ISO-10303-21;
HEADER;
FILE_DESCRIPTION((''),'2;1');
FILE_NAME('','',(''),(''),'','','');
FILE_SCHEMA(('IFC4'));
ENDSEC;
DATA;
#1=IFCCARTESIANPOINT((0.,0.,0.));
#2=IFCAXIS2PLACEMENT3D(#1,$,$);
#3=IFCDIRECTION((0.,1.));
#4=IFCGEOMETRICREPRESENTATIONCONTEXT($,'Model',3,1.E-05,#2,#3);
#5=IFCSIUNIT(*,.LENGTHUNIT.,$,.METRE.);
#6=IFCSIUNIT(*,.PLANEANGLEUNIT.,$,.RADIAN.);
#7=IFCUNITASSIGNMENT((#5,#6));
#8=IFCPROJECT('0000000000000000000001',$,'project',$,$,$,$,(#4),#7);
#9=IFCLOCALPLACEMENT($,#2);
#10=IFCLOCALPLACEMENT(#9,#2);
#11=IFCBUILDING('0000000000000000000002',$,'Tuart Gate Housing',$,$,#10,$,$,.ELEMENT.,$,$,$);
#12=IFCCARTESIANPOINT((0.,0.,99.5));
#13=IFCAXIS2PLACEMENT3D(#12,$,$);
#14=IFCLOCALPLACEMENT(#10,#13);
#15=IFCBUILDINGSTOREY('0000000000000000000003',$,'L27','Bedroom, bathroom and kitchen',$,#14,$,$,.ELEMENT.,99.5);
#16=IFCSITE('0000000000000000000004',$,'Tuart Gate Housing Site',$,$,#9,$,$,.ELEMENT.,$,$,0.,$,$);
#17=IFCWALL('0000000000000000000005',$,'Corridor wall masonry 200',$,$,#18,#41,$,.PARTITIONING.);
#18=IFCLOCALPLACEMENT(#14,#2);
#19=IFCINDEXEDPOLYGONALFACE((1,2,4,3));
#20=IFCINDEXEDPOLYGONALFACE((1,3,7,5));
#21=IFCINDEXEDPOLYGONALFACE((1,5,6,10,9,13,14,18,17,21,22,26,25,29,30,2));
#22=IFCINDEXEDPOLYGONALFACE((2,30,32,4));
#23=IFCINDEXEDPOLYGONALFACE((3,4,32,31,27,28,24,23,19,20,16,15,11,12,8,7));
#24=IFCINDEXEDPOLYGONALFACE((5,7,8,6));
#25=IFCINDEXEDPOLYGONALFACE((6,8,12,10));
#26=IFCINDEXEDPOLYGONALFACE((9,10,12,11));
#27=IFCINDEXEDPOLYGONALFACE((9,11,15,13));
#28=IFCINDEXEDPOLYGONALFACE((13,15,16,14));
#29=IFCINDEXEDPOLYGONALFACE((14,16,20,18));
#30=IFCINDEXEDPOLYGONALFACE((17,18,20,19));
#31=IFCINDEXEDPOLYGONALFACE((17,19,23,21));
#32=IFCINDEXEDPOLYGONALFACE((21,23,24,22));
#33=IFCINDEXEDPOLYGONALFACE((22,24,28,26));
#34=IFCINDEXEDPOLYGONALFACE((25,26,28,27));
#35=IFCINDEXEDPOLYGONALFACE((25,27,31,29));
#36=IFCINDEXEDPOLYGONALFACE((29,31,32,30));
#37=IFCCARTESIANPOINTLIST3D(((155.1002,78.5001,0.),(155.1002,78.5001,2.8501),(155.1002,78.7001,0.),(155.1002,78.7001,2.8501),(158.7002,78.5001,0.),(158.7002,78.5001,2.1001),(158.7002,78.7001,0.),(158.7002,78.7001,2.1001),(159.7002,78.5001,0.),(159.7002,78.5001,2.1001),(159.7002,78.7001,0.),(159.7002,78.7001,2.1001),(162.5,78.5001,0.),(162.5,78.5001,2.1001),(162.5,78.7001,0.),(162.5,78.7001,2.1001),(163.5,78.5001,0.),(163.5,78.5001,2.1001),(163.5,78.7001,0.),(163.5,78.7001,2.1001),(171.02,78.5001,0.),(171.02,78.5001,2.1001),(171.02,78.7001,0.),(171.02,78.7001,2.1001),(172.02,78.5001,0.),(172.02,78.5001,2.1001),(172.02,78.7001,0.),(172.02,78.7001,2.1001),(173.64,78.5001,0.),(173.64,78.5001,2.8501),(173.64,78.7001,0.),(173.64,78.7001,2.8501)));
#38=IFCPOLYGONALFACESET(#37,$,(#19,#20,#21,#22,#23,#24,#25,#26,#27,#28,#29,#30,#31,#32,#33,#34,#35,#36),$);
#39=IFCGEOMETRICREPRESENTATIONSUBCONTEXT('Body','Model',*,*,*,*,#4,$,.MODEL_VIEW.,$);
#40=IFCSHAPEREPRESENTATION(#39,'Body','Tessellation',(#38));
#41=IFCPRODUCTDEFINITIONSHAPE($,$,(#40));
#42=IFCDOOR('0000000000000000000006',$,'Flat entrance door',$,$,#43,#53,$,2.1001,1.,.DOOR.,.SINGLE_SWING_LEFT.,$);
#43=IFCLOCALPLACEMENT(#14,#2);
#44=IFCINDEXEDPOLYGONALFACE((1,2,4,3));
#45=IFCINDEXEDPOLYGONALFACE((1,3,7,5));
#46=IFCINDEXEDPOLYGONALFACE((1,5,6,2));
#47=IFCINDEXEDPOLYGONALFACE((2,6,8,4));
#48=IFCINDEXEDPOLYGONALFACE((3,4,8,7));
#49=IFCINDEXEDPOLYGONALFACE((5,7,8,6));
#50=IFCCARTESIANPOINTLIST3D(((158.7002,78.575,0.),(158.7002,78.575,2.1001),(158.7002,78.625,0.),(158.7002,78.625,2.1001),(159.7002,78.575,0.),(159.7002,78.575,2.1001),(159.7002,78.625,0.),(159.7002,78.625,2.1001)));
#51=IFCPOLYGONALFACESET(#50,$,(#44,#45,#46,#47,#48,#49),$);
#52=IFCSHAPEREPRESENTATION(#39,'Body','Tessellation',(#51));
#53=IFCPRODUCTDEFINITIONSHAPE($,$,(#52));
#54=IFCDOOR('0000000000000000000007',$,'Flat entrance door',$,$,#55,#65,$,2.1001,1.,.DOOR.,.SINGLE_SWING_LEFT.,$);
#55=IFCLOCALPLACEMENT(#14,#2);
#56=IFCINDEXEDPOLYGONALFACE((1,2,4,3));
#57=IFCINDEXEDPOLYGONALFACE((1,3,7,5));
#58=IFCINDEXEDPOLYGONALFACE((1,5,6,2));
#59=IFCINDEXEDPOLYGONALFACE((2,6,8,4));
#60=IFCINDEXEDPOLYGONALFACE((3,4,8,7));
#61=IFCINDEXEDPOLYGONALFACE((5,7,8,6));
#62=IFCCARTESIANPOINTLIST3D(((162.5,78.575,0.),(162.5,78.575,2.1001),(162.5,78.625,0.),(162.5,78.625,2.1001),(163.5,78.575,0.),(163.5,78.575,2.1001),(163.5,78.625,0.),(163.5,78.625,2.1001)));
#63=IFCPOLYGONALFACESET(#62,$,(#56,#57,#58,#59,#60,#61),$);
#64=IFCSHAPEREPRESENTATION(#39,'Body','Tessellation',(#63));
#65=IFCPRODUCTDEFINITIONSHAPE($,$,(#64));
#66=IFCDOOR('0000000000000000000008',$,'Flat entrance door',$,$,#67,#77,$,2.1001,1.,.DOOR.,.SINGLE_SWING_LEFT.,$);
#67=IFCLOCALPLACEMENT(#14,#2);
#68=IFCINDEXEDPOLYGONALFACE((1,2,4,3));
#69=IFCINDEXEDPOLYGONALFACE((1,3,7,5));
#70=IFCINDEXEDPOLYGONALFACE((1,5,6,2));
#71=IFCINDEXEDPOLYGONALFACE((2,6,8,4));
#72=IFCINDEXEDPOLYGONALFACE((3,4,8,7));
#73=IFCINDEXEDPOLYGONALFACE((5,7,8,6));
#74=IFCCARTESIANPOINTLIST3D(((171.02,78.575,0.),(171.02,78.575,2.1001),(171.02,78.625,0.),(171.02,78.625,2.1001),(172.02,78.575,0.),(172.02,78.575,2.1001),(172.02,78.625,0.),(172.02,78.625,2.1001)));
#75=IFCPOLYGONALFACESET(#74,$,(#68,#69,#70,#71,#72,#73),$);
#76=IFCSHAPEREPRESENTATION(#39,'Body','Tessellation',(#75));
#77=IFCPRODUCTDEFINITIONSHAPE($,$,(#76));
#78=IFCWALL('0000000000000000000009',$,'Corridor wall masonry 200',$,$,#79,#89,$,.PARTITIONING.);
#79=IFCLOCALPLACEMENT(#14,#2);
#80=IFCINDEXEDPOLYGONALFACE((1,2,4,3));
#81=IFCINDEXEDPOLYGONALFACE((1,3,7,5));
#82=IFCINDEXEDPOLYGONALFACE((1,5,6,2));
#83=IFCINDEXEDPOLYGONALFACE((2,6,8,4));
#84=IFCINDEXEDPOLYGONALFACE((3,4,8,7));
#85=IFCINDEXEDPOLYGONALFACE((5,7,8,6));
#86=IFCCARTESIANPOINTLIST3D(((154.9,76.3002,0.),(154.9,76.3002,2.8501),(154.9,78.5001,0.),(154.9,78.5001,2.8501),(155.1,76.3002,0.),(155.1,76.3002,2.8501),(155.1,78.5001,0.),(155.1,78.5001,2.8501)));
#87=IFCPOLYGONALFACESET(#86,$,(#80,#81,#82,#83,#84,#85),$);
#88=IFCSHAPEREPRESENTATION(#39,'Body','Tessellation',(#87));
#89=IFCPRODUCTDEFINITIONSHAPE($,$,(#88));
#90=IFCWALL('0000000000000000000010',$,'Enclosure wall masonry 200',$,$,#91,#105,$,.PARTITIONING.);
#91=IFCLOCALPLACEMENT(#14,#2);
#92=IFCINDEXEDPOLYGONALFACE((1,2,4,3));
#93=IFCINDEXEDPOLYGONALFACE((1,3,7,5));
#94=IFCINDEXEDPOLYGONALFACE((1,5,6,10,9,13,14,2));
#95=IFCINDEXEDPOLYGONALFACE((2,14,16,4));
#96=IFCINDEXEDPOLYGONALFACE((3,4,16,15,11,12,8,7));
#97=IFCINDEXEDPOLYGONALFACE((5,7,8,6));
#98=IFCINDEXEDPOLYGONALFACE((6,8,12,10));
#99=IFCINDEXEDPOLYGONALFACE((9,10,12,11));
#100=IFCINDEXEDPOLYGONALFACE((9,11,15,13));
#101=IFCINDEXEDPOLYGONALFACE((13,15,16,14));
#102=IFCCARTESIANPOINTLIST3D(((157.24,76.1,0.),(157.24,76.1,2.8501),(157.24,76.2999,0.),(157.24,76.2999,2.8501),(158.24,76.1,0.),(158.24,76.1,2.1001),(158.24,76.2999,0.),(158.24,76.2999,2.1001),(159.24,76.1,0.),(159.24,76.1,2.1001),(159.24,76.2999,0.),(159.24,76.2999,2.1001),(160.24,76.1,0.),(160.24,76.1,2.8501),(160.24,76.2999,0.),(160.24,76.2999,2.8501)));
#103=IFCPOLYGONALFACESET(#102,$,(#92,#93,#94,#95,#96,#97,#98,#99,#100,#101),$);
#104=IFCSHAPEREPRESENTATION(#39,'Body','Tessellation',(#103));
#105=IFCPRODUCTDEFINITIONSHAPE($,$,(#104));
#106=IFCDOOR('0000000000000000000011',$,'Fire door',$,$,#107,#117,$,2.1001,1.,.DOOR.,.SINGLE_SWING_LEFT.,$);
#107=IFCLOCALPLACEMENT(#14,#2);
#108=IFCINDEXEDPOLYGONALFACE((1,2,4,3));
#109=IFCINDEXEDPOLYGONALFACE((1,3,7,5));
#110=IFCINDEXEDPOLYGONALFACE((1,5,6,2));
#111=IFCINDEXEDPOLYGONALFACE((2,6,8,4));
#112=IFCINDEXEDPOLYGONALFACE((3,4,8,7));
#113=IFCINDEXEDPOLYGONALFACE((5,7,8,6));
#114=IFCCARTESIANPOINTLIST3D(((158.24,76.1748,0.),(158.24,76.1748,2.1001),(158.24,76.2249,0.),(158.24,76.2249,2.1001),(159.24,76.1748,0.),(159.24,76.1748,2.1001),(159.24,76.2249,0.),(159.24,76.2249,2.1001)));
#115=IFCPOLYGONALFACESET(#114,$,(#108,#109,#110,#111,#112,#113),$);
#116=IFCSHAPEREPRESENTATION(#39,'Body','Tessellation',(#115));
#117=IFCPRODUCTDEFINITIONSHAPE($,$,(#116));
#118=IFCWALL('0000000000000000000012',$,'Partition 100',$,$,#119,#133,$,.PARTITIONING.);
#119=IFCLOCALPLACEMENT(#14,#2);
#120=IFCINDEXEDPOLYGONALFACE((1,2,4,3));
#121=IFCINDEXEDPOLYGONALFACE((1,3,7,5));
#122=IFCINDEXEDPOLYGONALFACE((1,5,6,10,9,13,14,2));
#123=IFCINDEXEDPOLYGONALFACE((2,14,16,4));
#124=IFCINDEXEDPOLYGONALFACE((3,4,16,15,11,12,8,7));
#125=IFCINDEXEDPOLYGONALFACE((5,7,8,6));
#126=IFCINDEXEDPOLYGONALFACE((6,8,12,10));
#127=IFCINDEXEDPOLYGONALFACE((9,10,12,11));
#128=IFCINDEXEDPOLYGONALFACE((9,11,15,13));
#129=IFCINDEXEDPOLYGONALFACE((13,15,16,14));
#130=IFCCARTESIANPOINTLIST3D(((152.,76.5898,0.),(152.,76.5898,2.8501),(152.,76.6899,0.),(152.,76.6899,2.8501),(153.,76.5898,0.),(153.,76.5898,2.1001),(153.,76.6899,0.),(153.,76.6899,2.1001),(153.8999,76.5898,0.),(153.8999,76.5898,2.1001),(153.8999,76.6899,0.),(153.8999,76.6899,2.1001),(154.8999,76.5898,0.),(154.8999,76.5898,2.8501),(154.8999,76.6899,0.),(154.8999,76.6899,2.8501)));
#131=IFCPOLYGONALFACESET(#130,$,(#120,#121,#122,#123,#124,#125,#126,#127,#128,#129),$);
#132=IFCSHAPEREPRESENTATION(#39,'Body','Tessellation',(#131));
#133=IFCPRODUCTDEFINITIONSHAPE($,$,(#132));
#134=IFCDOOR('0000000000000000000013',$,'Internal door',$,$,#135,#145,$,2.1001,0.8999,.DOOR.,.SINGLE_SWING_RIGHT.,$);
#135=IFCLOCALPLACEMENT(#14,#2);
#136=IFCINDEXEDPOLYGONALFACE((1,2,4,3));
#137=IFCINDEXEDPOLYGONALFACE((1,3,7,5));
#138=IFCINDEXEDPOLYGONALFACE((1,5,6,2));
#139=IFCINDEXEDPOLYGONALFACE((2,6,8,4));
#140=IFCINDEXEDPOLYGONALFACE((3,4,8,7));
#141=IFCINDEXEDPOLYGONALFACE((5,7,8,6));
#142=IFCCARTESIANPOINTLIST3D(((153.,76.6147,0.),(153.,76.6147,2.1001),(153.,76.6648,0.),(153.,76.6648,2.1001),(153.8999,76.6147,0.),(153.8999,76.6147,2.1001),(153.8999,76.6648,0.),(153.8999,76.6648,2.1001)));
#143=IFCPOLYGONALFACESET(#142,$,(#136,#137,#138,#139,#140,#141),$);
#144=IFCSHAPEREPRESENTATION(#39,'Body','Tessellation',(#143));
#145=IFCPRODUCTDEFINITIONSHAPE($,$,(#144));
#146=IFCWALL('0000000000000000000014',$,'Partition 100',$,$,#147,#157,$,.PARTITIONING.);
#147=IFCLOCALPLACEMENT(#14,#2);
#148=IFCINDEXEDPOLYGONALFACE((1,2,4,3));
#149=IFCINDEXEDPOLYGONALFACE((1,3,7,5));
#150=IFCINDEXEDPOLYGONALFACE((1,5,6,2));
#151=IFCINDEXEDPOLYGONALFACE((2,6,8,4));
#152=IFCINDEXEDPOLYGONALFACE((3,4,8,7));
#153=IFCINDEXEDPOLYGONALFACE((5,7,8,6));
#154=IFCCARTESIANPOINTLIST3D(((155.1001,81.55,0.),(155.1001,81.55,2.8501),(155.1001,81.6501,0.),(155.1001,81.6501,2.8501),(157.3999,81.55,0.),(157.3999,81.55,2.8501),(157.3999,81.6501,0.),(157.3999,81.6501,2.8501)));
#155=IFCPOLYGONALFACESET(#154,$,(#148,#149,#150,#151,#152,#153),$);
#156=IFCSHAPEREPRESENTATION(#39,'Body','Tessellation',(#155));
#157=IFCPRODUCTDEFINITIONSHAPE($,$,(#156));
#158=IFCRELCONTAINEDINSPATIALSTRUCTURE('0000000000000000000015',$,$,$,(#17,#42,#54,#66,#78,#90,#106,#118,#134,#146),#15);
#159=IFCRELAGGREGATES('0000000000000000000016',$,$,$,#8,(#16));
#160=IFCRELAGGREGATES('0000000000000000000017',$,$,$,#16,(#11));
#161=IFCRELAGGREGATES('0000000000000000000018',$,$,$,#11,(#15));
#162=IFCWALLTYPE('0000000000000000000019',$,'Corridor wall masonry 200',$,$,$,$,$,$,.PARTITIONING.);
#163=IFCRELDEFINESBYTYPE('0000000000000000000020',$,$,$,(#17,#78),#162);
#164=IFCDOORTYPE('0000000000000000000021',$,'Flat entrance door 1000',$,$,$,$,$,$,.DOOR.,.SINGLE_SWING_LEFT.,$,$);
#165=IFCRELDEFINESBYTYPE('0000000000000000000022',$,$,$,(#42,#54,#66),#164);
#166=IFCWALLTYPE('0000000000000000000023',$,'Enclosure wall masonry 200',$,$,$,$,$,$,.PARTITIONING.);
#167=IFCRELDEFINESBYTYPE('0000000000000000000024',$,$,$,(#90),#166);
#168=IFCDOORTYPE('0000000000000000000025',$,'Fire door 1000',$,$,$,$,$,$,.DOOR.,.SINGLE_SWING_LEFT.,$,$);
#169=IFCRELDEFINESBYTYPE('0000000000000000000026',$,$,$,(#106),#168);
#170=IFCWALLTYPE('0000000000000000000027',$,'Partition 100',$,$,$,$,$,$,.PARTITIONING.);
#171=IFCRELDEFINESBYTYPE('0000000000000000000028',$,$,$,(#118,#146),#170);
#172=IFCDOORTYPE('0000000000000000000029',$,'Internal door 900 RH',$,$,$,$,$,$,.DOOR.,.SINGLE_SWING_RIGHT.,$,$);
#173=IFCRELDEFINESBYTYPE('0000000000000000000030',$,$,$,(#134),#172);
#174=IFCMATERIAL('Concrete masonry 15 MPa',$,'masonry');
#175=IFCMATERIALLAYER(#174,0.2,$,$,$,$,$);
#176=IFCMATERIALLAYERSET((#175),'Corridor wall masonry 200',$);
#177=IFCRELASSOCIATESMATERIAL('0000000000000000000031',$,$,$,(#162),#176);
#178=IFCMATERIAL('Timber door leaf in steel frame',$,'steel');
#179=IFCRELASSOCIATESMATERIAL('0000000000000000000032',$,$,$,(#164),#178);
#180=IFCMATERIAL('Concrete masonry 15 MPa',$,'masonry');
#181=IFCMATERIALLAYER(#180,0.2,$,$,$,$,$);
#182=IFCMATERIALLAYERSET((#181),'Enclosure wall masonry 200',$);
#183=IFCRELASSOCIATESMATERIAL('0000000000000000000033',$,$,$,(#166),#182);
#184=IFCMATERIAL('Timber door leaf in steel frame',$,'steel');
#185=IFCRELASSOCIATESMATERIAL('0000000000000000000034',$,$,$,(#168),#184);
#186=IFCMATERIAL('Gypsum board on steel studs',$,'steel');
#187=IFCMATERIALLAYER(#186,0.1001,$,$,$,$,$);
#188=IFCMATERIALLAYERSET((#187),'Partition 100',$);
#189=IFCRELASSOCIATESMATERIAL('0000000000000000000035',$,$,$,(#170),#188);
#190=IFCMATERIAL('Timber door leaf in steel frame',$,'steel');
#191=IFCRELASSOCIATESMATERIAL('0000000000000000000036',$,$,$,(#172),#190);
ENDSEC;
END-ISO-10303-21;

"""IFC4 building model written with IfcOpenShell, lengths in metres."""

from ifc_helpers import new_model, si_unit, direction, frame, frame_2d, origin, place, context, subcontext, project, spatial, rectangle, extrude, material, layer, layer_set, type_object, element, fill, save


model = new_model("IFC4")

# Units and contexts
model_context = context("Model", 3, precision=1e-05, world=origin(), true_north=direction((0.0, 1.0)))
body_context = subcontext(model_context, "Body", "Model", "MODEL_VIEW")
ifc_project = project(units=[si_unit("LENGTHUNIT", "METRE"), si_unit("PLANEANGLEUNIT", "RADIAN")], contexts=[model_context])

# Site, building, storey
site_placement = place(None, origin())
site = spatial("IfcSite", under=ifc_project, at=site_placement, Name="Tuart Gate Housing Site", CompositionType="ELEMENT", RefElevation=0.0)
building_placement = place(site_placement, origin())
building = spatial("IfcBuilding", under=site, at=building_placement, Name="Tuart Gate Housing", CompositionType="ELEMENT")
storey_placement = place(building_placement, frame((0.0, 0.0, 99.5)))
storey = spatial("IfcBuildingStorey", under=building, at=storey_placement, Name="L27", Description="Bedroom, bathroom and kitchen", CompositionType="ELEMENT", Elevation=99.5)

# Shared definitions
ifc_material_1 = material(Name="Concrete masonry 15 MPa", Category="masonry")
ifc_layer_1 = layer(ifc_material_1, 0.2)
ifc_layer_set_1 = layer_set([ifc_layer_1], Name="Corridor wall masonry 200")
wall_type_1 = type_object("IfcWallType", Name="Corridor wall masonry 200", PredefinedType="PARTITIONING", material=ifc_layer_set_1)

# Wall, openings, doors
wall_1_placement = place(storey_placement, frame((155.1001, 78.6001, 0.0), z_axis=(0.0, 0.0, 1.0), x_axis=(1.0, 0.0, 0.0)))
wall_1 = element("IfcWall", 1, at=wall_1_placement, inside=storey, type_object=wall_type_1, Name="Corridor wall masonry 200", PredefinedType="PARTITIONING", context=body_context, shape_type="SweptSolid", body=[
    extrude(rectangle(XDim=18.5398, YDim=0.2, at=frame_2d((9.27, 0.0))), origin(), (0.0, 0.0, 1.0), 2.8501),
])
opening_1_placement = place(wall_1_placement, frame((3.6001, 0.0, 0.0)))
opening_1 = element("IfcOpeningElement", 2, at=opening_1_placement, cuts=wall_1, PredefinedType="OPENING", context=body_context, shape_type="SweptSolid", body=[
    extrude(rectangle(XDim=1.0, YDim=2.1001, at=frame_2d((0.5, 1.05))), frame((0.0, 0.1099, 0.0), z_axis=(0.0, -1.0, 0.0), x_axis=(1.0, 0.0, 0.0)), (0.0, 0.0, 1.0), 0.22),
])
opening_2_placement = place(wall_1_placement, frame((7.3999, 0.0, 0.0)))
opening_2 = element("IfcOpeningElement", 3, at=opening_2_placement, cuts=wall_1, PredefinedType="OPENING", context=body_context, shape_type="SweptSolid", body=[
    extrude(rectangle(XDim=1.0, YDim=2.1001, at=frame_2d((0.5, 1.05))), frame((0.0, 0.1099, 0.0), z_axis=(0.0, -1.0, 0.0), x_axis=(1.0, 0.0, 0.0)), (0.0, 0.0, 1.0), 0.22),
])
opening_3_placement = place(wall_1_placement, frame((15.9199, 0.0, 0.0)))
opening_3 = element("IfcOpeningElement", 4, at=opening_3_placement, cuts=wall_1, PredefinedType="OPENING", context=body_context, shape_type="SweptSolid", body=[
    extrude(rectangle(XDim=1.0, YDim=2.1001, at=frame_2d((0.5, 1.05))), frame((0.0, 0.1099, 0.0), z_axis=(0.0, -1.0, 0.0), x_axis=(1.0, 0.0, 0.0)), (0.0, 0.0, 1.0), 0.22),
])
ifc_material_2 = material(Name="Timber door leaf in steel frame", Category="steel")
door_type_1 = type_object("IfcDoorType", Name="Flat entrance door 1000", OperationType="SINGLE_SWING_LEFT", PredefinedType="DOOR", material=ifc_material_2)
door_1_placement = place(opening_1_placement, origin())
door_1 = element("IfcDoor", 5, at=door_1_placement, inside=storey, type_object=door_type_1, Name="Flat entrance door", OperationType="SINGLE_SWING_LEFT", OverallHeight=2.1001, OverallWidth=1.0, PredefinedType="DOOR", context=body_context, shape_type="SweptSolid", body=[
    extrude(rectangle(XDim=1.0, YDim=2.1001, at=frame_2d((0.5, 1.05))), frame((0.0, 0.0249, 0.0), z_axis=(0.0, -1.0, 0.0), x_axis=(1.0, 0.0, 0.0)), (0.0, 0.0, 1.0), 0.05),
])
fill(opening_1, door_1)
door_2_placement = place(opening_2_placement, origin())
door_2 = element("IfcDoor", 6, at=door_2_placement, inside=storey, type_object=door_type_1, Name="Flat entrance door", OperationType="SINGLE_SWING_LEFT", OverallHeight=2.1001, OverallWidth=1.0, PredefinedType="DOOR", context=body_context, shape_type="SweptSolid", body=[
    extrude(rectangle(XDim=1.0, YDim=2.1001, at=frame_2d((0.5, 1.05))), frame((0.0, 0.0249, 0.0), z_axis=(0.0, -1.0, 0.0), x_axis=(1.0, 0.0, 0.0)), (0.0, 0.0, 1.0), 0.05),
])
fill(opening_2, door_2)
door_3_placement = place(opening_3_placement, origin())
door_3 = element("IfcDoor", 7, at=door_3_placement, inside=storey, type_object=door_type_1, Name="Flat entrance door", OperationType="SINGLE_SWING_LEFT", OverallHeight=2.1001, OverallWidth=1.0, PredefinedType="DOOR", context=body_context, shape_type="SweptSolid", body=[
    extrude(rectangle(XDim=1.0, YDim=2.1001, at=frame_2d((0.5, 1.05))), frame((0.0, 0.0249, 0.0), z_axis=(0.0, -1.0, 0.0), x_axis=(1.0, 0.0, 0.0)), (0.0, 0.0, 1.0), 0.05),
])
fill(opening_3, door_3)

# Wall
wall_2_placement = place(storey_placement, frame((155.0, 76.3, 0.0), z_axis=(0.0, 0.0, 1.0), x_axis=(0.0, 1.0, 0.0)))
element("IfcWall", 8, at=wall_2_placement, inside=storey, type_object=wall_type_1, Name="Corridor wall masonry 200", PredefinedType="PARTITIONING", context=body_context, shape_type="SweptSolid", body=[
    extrude(rectangle(XDim=2.2, YDim=0.2, at=frame_2d((1.1001, 0.0))), origin(), (0.0, 0.0, 1.0), 2.8501),
])

# Walls, openings, doors
ifc_material_3 = material(Name="Concrete masonry 15 MPa", Category="masonry")
ifc_layer_2 = layer(ifc_material_3, 0.2)
ifc_layer_set_2 = layer_set([ifc_layer_2], Name="Enclosure wall masonry 200")
wall_type_2 = type_object("IfcWallType", Name="Enclosure wall masonry 200", PredefinedType="PARTITIONING", material=ifc_layer_set_2)
wall_3_placement = place(storey_placement, frame((157.24, 76.2, 0.0), z_axis=(0.0, 0.0, 1.0), x_axis=(1.0, 0.0, 0.0)))
wall_3 = element("IfcWall", 9, at=wall_3_placement, inside=storey, type_object=wall_type_2, Name="Enclosure wall masonry 200", PredefinedType="PARTITIONING", context=body_context, shape_type="SweptSolid", body=[
    extrude(rectangle(XDim=3.0, YDim=0.2, at=frame_2d((1.5, 0.0))), origin(), (0.0, 0.0, 1.0), 2.8501),
])
opening_4_placement = place(wall_3_placement, frame((1.0, 0.0, 0.0)))
opening_4 = element("IfcOpeningElement", 10, at=opening_4_placement, cuts=wall_3, PredefinedType="OPENING", context=body_context, shape_type="SweptSolid", body=[
    extrude(rectangle(XDim=1.0, YDim=2.1001, at=frame_2d((0.5, 1.05))), frame((0.0, 0.1099, 0.0), z_axis=(0.0, -1.0, 0.0), x_axis=(1.0, 0.0, 0.0)), (0.0, 0.0, 1.0), 0.22),
])
ifc_material_4 = material(Name="Timber door leaf in steel frame", Category="steel")
door_type_2 = type_object("IfcDoorType", Name="Fire door 1000", OperationType="SINGLE_SWING_LEFT", PredefinedType="DOOR", material=ifc_material_4)
door_4_placement = place(opening_4_placement, origin())
door_4 = element("IfcDoor", 11, at=door_4_placement, inside=storey, type_object=door_type_2, Name="Fire door", OperationType="SINGLE_SWING_LEFT", OverallHeight=2.1001, OverallWidth=1.0, PredefinedType="DOOR", context=body_context, shape_type="SweptSolid", body=[
    extrude(rectangle(XDim=1.0, YDim=2.1001, at=frame_2d((0.5, 1.05))), frame((0.0, 0.0249, 0.0), z_axis=(0.0, -1.0, 0.0), x_axis=(1.0, 0.0, 0.0)), (0.0, 0.0, 1.0), 0.05),
])
fill(opening_4, door_4)
ifc_material_5 = material(Name="Gypsum board on steel studs", Category="steel")
ifc_layer_3 = layer(ifc_material_5, 0.1001)
ifc_layer_set_3 = layer_set([ifc_layer_3], Name="Partition 100")
wall_type_3 = type_object("IfcWallType", Name="Partition 100", PredefinedType="PARTITIONING", material=ifc_layer_set_3)
wall_4_placement = place(storey_placement, frame((152.0, 76.6399, 0.0), z_axis=(0.0, 0.0, 1.0), x_axis=(1.0, 0.0, 0.0)))
wall_4 = element("IfcWall", 12, at=wall_4_placement, inside=storey, type_object=wall_type_3, Name="Partition 100", PredefinedType="PARTITIONING", context=body_context, shape_type="SweptSolid", body=[
    extrude(rectangle(XDim=2.8999, YDim=0.1001, at=frame_2d((1.45, 0.0))), origin(), (0.0, 0.0, 1.0), 2.8501),
])
opening_5_placement = place(wall_4_placement, frame((1.0, 0.0, 0.0)))
opening_5 = element("IfcOpeningElement", 13, at=opening_5_placement, cuts=wall_4, PredefinedType="OPENING", context=body_context, shape_type="SweptSolid", body=[
    extrude(rectangle(XDim=0.8999, YDim=2.1001, at=frame_2d((0.45, 1.05))), frame((0.0, 0.0601, 0.0), z_axis=(0.0, -1.0, 0.0), x_axis=(1.0, 0.0, 0.0)), (0.0, 0.0, 1.0), 0.1201),
])
ifc_material_6 = material(Name="Timber door leaf in steel frame", Category="steel")
door_type_3 = type_object("IfcDoorType", Name="Internal door 900 RH", OperationType="SINGLE_SWING_RIGHT", PredefinedType="DOOR", material=ifc_material_6)
door_5_placement = place(opening_5_placement, frame((0.8999, 0.0, 0.0), z_axis=(0.0, 0.0, 1.0), x_axis=(-1.0, 0.0, 0.0)))
door_5 = element("IfcDoor", 14, at=door_5_placement, inside=storey, type_object=door_type_3, Name="Internal door", OperationType="SINGLE_SWING_RIGHT", OverallHeight=2.1001, OverallWidth=0.8999, PredefinedType="DOOR", context=body_context, shape_type="SweptSolid", body=[
    extrude(rectangle(XDim=0.8999, YDim=2.1001, at=frame_2d((0.45, 1.05))), frame((0.0, 0.0251, 0.0), z_axis=(0.0, -1.0, 0.0), x_axis=(1.0, 0.0, 0.0)), (0.0, 0.0, 1.0), 0.05),
])
fill(opening_5, door_5)

# Wall
wall_5_placement = place(storey_placement, frame((155.1001, 81.6001, 0.0), z_axis=(0.0, 0.0, 1.0), x_axis=(1.0, 0.0, 0.0)))
element("IfcWall", 15, at=wall_5_placement, inside=storey, type_object=wall_type_3, Name="Partition 100", PredefinedType="PARTITIONING", context=body_context, shape_type="SweptSolid", body=[
    extrude(rectangle(XDim=2.2998, YDim=0.1001, at=frame_2d((1.1499, 0.0))), origin(), (0.0, 0.0, 1.0), 2.8501),
])

save(model, "model.ifc")
